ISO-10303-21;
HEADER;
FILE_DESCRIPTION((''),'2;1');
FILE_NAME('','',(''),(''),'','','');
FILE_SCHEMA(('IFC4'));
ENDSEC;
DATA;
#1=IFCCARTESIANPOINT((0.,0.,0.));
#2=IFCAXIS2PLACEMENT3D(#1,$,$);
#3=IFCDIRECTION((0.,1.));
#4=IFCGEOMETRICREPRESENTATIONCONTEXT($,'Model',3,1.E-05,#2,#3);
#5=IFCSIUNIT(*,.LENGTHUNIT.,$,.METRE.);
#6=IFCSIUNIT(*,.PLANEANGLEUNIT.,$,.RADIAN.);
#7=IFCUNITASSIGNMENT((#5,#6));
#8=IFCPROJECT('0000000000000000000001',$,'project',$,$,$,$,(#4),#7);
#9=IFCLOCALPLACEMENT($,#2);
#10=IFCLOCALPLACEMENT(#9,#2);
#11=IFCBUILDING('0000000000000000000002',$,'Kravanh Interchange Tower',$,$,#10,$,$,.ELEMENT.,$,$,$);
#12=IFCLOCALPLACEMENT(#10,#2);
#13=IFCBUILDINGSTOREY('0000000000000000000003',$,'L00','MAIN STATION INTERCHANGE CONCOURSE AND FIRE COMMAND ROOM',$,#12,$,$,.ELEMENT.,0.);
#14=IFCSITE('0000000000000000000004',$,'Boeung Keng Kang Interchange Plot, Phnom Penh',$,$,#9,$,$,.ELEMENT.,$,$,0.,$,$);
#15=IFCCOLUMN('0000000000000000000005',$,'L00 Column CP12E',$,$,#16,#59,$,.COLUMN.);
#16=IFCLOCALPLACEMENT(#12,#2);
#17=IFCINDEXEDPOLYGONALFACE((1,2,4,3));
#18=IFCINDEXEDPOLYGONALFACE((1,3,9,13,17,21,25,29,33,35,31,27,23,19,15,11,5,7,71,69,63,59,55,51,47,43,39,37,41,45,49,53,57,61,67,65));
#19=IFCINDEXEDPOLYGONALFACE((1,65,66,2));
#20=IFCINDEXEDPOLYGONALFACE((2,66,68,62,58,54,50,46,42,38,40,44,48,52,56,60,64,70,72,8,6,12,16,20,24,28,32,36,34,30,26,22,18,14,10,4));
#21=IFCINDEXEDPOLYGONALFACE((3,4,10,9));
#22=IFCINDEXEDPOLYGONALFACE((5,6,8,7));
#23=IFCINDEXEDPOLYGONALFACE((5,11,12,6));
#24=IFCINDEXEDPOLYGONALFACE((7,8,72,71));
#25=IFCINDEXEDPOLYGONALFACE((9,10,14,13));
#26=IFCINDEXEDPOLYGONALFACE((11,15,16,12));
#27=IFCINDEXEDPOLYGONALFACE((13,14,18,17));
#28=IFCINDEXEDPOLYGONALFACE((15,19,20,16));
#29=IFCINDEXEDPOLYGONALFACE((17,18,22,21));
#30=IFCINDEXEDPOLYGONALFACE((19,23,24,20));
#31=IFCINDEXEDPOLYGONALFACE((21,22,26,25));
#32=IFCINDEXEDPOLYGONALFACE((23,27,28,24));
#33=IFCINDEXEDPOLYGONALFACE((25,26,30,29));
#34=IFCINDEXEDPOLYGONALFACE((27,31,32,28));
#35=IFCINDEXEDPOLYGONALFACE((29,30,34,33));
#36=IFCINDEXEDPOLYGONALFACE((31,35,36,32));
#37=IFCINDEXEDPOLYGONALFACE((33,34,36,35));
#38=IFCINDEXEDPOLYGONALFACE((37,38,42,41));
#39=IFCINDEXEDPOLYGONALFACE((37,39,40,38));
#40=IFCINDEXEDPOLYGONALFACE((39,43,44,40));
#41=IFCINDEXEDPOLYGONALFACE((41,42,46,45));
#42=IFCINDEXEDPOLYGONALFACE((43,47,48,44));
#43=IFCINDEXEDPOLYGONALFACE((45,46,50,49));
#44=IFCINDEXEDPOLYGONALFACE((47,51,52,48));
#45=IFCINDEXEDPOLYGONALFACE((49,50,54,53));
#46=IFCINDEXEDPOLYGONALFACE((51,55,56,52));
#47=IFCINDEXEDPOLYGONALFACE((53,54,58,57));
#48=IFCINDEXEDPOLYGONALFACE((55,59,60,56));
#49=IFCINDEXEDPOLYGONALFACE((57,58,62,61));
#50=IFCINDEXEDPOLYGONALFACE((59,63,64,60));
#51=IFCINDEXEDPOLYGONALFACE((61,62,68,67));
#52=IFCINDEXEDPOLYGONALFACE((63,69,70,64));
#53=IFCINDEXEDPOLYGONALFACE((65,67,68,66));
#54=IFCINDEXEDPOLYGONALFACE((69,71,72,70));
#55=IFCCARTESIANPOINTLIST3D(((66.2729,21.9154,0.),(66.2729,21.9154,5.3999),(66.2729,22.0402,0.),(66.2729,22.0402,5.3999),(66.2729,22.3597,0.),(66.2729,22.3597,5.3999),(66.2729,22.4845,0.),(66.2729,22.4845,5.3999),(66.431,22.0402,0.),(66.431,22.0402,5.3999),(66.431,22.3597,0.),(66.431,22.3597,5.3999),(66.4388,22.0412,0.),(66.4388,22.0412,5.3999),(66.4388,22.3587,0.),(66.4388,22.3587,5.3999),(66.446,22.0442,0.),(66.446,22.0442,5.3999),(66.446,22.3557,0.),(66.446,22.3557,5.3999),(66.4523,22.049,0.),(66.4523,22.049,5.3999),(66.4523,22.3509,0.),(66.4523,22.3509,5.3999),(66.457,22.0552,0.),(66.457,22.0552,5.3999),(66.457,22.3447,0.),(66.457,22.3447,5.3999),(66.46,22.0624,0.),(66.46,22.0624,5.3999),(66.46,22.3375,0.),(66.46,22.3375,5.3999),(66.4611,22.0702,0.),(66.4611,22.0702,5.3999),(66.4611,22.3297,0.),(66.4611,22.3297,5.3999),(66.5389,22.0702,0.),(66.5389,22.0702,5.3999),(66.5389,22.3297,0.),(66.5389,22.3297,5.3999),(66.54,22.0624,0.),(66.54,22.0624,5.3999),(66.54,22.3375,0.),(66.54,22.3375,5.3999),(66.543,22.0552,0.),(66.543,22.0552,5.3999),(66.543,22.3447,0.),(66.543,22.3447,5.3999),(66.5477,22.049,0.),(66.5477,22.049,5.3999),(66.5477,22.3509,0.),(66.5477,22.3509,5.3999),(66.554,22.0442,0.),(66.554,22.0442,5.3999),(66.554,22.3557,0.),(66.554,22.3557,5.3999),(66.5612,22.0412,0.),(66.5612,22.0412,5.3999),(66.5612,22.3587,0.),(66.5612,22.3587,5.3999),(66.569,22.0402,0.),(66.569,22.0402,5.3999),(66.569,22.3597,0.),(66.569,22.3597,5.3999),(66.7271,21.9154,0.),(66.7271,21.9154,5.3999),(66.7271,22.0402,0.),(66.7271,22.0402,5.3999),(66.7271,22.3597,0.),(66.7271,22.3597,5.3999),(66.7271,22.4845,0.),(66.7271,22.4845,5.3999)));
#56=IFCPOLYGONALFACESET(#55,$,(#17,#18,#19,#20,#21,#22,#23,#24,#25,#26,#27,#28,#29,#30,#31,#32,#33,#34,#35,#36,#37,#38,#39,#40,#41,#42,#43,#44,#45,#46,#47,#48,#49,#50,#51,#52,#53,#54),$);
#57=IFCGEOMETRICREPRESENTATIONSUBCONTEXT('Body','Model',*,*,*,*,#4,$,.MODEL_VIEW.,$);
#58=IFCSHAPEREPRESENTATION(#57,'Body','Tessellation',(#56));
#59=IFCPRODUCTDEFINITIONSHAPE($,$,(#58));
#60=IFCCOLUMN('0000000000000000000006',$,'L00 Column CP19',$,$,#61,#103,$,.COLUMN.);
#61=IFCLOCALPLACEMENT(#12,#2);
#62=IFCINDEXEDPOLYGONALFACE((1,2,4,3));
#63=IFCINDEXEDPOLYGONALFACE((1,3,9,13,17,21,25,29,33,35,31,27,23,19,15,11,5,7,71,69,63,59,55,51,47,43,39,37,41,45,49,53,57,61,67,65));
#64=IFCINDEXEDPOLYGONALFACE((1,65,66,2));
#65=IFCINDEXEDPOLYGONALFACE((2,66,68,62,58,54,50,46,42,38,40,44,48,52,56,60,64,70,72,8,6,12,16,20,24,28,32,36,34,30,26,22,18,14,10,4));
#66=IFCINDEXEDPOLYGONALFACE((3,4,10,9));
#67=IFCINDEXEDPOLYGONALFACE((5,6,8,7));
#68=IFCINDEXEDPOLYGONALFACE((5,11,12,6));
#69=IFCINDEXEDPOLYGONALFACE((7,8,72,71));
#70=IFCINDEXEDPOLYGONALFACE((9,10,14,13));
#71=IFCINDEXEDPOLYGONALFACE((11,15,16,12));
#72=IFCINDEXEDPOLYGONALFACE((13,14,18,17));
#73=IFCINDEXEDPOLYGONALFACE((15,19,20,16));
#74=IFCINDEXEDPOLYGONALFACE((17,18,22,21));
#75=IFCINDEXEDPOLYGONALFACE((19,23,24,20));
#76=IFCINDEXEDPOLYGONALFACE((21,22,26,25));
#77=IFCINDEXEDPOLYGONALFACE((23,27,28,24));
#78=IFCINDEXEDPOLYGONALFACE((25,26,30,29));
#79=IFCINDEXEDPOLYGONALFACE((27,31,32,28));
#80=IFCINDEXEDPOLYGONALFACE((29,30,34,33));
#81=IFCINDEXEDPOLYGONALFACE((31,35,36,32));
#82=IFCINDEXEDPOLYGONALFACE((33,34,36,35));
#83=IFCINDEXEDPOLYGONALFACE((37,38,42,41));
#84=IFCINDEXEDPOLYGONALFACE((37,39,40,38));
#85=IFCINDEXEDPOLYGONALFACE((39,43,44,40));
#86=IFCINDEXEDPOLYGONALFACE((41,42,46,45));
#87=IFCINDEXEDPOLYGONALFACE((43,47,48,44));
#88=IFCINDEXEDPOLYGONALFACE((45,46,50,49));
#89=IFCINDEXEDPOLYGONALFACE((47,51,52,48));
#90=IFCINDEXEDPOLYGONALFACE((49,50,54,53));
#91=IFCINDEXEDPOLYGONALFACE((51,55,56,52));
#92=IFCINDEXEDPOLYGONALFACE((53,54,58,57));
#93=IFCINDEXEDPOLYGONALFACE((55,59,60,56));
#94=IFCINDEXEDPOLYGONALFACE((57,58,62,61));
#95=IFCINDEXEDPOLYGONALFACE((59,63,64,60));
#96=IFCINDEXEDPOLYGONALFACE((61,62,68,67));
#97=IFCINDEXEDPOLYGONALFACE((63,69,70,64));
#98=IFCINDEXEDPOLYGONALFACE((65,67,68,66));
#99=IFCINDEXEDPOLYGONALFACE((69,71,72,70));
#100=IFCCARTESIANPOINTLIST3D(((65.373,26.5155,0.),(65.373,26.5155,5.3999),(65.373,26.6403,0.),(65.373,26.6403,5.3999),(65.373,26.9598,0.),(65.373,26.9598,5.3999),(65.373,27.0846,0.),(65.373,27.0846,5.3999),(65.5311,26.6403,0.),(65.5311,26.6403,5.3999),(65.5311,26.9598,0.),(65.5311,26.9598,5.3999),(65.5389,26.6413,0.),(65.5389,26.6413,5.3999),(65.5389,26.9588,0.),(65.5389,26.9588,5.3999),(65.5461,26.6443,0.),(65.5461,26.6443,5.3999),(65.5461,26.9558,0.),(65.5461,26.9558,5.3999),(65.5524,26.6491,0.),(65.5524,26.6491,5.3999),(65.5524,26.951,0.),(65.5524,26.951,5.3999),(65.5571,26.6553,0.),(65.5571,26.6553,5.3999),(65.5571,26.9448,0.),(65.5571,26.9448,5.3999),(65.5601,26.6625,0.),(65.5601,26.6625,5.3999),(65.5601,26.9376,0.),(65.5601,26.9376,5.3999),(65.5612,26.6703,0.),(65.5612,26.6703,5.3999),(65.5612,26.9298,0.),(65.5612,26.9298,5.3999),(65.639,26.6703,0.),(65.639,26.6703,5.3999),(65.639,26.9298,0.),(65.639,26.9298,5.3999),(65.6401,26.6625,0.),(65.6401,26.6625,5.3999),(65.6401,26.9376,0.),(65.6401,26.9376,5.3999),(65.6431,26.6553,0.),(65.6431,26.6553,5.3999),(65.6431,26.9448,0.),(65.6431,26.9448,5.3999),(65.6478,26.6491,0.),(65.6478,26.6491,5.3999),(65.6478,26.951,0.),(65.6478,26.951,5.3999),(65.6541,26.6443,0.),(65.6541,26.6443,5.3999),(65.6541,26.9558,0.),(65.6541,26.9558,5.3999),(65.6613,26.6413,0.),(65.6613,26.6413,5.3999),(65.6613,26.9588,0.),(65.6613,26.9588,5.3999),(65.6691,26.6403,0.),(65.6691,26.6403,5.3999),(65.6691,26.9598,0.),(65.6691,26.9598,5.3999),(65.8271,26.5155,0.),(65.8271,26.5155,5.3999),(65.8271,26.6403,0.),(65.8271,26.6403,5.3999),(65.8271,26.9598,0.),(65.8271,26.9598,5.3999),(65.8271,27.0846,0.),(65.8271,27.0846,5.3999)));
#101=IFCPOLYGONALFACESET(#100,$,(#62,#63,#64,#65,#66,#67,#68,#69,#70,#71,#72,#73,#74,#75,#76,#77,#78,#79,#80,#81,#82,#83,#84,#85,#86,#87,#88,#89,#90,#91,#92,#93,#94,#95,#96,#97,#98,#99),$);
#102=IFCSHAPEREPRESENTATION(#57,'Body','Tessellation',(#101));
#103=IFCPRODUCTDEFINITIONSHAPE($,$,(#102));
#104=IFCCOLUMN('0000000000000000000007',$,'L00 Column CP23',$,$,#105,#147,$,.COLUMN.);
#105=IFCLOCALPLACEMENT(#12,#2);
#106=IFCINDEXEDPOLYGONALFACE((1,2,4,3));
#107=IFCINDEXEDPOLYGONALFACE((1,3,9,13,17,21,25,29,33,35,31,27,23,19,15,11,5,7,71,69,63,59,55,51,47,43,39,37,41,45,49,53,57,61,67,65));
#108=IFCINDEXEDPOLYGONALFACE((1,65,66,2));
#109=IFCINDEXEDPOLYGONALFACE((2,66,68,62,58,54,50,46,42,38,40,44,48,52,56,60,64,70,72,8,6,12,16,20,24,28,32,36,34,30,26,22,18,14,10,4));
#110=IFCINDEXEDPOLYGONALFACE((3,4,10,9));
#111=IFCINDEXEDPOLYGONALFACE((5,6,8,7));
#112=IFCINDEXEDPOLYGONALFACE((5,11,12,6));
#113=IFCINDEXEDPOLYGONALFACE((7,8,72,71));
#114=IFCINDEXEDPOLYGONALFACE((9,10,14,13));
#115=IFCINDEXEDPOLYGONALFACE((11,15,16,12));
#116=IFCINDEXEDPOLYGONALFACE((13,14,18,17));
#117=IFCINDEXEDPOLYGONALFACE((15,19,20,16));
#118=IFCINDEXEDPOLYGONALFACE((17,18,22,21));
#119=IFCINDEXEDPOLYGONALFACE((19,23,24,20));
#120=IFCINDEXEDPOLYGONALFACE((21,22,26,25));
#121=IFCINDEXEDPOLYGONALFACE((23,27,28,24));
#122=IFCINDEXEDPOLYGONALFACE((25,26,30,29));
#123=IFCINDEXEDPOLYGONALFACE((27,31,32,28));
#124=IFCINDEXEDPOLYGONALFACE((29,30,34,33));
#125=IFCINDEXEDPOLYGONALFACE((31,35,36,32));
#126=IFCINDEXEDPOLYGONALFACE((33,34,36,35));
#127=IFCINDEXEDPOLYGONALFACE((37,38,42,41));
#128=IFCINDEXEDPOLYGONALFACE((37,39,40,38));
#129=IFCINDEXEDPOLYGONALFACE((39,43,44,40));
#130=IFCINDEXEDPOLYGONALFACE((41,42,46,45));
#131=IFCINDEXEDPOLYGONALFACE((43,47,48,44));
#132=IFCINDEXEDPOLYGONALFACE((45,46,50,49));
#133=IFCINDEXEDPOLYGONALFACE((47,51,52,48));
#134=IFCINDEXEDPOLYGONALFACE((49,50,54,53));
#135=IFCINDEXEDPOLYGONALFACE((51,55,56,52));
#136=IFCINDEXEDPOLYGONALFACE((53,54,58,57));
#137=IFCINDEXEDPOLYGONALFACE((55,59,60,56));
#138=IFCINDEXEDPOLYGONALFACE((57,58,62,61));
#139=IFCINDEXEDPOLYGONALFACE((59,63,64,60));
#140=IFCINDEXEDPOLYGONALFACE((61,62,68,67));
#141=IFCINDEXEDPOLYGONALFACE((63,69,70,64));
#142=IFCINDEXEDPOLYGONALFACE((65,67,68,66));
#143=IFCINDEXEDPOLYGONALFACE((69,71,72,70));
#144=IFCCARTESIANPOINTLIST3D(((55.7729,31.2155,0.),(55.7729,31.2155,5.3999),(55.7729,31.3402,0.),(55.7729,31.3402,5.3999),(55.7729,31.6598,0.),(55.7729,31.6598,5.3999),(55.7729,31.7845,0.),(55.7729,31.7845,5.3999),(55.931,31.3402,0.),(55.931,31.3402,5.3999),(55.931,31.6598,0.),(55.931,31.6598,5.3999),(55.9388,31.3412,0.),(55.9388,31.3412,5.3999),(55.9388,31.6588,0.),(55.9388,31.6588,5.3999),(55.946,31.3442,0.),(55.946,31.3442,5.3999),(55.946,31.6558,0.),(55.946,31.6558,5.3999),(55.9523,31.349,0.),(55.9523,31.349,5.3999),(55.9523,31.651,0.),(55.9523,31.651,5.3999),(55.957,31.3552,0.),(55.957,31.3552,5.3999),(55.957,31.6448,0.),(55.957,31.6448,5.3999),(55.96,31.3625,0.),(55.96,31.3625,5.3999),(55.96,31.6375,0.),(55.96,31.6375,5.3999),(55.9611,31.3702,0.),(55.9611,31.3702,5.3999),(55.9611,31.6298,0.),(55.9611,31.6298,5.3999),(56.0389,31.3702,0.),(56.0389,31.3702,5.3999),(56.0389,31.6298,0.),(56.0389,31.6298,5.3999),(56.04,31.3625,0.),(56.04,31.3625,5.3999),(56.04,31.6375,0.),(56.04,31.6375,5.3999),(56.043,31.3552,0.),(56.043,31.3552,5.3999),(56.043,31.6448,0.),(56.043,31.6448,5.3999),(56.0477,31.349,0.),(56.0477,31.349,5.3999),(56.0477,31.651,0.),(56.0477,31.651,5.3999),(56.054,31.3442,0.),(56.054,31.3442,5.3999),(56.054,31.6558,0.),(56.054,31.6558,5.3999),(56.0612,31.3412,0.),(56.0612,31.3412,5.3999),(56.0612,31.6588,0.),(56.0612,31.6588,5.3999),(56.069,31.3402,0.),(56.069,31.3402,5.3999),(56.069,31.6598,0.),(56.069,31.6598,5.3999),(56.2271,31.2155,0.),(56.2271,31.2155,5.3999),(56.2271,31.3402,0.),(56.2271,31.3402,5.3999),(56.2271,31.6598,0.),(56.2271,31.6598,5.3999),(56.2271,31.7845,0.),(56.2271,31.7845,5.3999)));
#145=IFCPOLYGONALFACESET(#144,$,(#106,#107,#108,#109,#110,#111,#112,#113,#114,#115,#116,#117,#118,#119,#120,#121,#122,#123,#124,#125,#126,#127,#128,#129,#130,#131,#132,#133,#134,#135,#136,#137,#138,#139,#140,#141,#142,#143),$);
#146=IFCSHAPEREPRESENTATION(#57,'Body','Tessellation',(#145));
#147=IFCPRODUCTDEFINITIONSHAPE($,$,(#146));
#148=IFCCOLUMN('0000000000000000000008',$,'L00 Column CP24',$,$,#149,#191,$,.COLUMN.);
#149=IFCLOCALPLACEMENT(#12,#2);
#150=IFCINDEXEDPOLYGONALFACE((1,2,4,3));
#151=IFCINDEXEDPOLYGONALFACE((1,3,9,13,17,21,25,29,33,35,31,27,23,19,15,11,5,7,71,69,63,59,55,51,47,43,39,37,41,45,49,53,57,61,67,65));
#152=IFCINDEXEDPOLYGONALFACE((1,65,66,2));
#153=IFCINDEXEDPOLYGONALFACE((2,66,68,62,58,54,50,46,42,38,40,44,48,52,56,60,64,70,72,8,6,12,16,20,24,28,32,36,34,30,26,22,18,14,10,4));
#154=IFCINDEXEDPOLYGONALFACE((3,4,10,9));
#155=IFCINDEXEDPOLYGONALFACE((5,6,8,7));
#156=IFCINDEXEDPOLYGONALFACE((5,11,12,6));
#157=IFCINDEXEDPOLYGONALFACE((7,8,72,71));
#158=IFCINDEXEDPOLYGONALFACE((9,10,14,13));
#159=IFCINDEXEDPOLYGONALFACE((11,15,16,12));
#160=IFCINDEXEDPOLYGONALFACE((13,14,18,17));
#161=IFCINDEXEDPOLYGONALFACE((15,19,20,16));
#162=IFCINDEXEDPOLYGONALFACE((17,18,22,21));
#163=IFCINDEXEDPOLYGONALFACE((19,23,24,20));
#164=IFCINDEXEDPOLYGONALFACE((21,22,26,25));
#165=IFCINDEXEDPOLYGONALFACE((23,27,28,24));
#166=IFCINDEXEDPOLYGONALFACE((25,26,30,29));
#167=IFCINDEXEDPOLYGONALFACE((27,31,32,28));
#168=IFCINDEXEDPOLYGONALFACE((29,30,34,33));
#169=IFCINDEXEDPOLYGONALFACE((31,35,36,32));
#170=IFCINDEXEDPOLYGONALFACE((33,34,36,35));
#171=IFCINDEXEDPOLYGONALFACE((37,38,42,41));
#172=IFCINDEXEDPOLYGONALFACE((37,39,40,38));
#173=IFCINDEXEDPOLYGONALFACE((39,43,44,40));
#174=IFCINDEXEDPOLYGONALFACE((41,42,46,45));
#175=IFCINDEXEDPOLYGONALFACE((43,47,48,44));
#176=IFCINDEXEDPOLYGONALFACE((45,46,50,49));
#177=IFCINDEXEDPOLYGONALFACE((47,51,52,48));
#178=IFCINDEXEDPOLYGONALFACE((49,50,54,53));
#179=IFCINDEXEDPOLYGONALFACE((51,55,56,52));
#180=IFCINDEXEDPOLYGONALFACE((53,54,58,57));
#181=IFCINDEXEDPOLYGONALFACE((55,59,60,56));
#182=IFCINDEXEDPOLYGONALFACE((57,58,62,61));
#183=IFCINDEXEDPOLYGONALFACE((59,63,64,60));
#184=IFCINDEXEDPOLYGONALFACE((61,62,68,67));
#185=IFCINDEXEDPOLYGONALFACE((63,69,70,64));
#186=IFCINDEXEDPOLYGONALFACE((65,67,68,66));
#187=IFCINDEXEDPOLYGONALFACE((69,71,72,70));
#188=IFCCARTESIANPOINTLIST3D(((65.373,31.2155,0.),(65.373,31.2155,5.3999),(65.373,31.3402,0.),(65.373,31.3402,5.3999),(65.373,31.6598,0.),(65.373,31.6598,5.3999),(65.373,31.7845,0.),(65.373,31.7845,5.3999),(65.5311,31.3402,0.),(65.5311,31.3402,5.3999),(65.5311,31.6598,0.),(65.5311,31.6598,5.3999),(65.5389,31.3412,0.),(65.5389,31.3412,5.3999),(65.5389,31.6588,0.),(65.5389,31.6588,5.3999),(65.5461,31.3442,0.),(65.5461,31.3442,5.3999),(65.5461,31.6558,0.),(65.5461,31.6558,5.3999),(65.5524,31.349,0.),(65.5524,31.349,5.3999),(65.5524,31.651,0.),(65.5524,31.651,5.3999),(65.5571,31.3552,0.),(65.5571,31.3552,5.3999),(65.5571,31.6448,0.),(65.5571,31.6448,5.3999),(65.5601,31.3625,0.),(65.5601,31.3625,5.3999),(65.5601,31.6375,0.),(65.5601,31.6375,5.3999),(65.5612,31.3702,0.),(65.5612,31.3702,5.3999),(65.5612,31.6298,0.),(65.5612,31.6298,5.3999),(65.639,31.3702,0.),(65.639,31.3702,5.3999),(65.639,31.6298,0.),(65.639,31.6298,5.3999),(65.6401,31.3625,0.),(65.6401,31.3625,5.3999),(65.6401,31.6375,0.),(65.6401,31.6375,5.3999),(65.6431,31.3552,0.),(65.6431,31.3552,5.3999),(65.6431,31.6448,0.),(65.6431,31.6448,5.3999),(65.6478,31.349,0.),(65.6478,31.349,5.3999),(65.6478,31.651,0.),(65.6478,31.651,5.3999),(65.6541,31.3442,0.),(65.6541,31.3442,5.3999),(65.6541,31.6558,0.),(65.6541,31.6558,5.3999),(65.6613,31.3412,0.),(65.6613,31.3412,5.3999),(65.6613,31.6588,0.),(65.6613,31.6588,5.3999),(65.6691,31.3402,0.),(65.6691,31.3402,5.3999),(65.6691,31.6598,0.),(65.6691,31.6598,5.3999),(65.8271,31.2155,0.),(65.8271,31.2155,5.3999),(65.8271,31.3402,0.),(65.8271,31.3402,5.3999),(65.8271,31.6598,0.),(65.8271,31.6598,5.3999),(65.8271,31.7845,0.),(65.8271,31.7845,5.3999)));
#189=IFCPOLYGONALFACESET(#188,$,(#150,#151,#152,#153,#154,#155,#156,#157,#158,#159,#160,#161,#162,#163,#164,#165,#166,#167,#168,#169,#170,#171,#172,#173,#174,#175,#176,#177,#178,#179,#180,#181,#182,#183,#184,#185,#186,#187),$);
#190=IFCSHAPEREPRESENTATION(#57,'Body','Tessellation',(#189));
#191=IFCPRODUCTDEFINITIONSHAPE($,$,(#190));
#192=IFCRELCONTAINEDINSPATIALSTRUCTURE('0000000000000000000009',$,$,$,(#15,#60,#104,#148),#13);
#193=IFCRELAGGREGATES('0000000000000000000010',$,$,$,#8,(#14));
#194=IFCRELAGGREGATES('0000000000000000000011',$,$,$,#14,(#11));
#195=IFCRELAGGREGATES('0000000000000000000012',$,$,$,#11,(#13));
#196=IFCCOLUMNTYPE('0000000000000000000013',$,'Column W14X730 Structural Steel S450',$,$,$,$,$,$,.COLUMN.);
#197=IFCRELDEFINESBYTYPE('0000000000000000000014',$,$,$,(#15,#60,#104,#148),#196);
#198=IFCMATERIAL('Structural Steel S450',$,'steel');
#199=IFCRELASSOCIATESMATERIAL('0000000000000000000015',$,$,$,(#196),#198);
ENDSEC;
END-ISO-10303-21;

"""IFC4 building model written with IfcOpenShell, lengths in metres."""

from ifc_helpers import new_model, si_unit, direction, frame, origin, origin_2d, place, context, subcontext, project, spatial, i_section, extrude, material, material_profile, profile_set, type_object, element, save


model = new_model("IFC4")

# Units and contexts
model_context = context("Model", 3, precision=1e-05, world=origin(), true_north=direction((0.0, 1.0)))
body_context = subcontext(model_context, "Body", "Model", "MODEL_VIEW")
ifc_project = project(units=[si_unit("LENGTHUNIT", "METRE"), si_unit("PLANEANGLEUNIT", "RADIAN")], contexts=[model_context])

# Site, building, storey
site_placement = place(None, origin())
site = spatial("IfcSite", under=ifc_project, at=site_placement, Name="Boeung Keng Kang Interchange Plot, Phnom Penh", CompositionType="ELEMENT", RefElevation=0.0)
building_placement = place(site_placement, origin())
building = spatial("IfcBuilding", under=site, at=building_placement, Name="Kravanh Interchange Tower", CompositionType="ELEMENT")
storey_placement = place(building_placement, origin())
storey = spatial("IfcBuildingStorey", under=building, at=storey_placement, Name="L00", Description="MAIN STATION INTERCHANGE CONCOURSE AND FIRE COMMAND ROOM", CompositionType="ELEMENT", Elevation=0.0)

# Columns
ifc_material_1 = material(Name="Structural Steel S450", Category="steel")
ifc_material_profile_1 = material_profile(ifc_material_1, i_section(OverallWidth=0.4541, OverallDepth=0.5691, WebThickness=0.0779, FlangeThickness=0.1248, FilletRadius=0.03, at=origin_2d()), Name="W14X730")
ifc_profile_set_1 = profile_set([ifc_material_profile_1], Name="Structural Steel S450")
column_type = type_object("IfcColumnType", Name="Column W14X730 Structural Steel S450", PredefinedType="COLUMN", material=ifc_profile_set_1)
for number, where, z_axis, x_axis, name in (
    (1, (66.5, 22.2, 0.0), (0.0, 0.0, 1.0), (1.0, 0.0, 0.0), "L00 Column CP12E"),
    (2, (65.6001, 26.8, 0.0), (0.0, 0.0, 1.0), (1.0, 0.0, 0.0), "L00 Column CP19"),
    (3, (56.0, 31.5, 0.0), (0.0, 0.0, 1.0), (1.0, 0.0, 0.0), "L00 Column CP23"),
    (4, (65.6001, 31.5, 0.0), (0.0, 0.0, 1.0), (1.0, 0.0, 0.0), "L00 Column CP24"),
):
    element("IfcColumn", number, at=place(storey_placement, frame(where, z_axis=z_axis, x_axis=x_axis)), inside=storey, type_object=column_type, Name=name, PredefinedType="COLUMN", context=body_context, shape_type="SweptSolid", body=[
        extrude(i_section(OverallWidth=0.4541, OverallDepth=0.5691, WebThickness=0.0779, FlangeThickness=0.1248, FilletRadius=0.03, at=origin_2d()), origin(), (0.0, 0.0, 1.0), 5.3999),
    ])

save(model, "model.ifc")
